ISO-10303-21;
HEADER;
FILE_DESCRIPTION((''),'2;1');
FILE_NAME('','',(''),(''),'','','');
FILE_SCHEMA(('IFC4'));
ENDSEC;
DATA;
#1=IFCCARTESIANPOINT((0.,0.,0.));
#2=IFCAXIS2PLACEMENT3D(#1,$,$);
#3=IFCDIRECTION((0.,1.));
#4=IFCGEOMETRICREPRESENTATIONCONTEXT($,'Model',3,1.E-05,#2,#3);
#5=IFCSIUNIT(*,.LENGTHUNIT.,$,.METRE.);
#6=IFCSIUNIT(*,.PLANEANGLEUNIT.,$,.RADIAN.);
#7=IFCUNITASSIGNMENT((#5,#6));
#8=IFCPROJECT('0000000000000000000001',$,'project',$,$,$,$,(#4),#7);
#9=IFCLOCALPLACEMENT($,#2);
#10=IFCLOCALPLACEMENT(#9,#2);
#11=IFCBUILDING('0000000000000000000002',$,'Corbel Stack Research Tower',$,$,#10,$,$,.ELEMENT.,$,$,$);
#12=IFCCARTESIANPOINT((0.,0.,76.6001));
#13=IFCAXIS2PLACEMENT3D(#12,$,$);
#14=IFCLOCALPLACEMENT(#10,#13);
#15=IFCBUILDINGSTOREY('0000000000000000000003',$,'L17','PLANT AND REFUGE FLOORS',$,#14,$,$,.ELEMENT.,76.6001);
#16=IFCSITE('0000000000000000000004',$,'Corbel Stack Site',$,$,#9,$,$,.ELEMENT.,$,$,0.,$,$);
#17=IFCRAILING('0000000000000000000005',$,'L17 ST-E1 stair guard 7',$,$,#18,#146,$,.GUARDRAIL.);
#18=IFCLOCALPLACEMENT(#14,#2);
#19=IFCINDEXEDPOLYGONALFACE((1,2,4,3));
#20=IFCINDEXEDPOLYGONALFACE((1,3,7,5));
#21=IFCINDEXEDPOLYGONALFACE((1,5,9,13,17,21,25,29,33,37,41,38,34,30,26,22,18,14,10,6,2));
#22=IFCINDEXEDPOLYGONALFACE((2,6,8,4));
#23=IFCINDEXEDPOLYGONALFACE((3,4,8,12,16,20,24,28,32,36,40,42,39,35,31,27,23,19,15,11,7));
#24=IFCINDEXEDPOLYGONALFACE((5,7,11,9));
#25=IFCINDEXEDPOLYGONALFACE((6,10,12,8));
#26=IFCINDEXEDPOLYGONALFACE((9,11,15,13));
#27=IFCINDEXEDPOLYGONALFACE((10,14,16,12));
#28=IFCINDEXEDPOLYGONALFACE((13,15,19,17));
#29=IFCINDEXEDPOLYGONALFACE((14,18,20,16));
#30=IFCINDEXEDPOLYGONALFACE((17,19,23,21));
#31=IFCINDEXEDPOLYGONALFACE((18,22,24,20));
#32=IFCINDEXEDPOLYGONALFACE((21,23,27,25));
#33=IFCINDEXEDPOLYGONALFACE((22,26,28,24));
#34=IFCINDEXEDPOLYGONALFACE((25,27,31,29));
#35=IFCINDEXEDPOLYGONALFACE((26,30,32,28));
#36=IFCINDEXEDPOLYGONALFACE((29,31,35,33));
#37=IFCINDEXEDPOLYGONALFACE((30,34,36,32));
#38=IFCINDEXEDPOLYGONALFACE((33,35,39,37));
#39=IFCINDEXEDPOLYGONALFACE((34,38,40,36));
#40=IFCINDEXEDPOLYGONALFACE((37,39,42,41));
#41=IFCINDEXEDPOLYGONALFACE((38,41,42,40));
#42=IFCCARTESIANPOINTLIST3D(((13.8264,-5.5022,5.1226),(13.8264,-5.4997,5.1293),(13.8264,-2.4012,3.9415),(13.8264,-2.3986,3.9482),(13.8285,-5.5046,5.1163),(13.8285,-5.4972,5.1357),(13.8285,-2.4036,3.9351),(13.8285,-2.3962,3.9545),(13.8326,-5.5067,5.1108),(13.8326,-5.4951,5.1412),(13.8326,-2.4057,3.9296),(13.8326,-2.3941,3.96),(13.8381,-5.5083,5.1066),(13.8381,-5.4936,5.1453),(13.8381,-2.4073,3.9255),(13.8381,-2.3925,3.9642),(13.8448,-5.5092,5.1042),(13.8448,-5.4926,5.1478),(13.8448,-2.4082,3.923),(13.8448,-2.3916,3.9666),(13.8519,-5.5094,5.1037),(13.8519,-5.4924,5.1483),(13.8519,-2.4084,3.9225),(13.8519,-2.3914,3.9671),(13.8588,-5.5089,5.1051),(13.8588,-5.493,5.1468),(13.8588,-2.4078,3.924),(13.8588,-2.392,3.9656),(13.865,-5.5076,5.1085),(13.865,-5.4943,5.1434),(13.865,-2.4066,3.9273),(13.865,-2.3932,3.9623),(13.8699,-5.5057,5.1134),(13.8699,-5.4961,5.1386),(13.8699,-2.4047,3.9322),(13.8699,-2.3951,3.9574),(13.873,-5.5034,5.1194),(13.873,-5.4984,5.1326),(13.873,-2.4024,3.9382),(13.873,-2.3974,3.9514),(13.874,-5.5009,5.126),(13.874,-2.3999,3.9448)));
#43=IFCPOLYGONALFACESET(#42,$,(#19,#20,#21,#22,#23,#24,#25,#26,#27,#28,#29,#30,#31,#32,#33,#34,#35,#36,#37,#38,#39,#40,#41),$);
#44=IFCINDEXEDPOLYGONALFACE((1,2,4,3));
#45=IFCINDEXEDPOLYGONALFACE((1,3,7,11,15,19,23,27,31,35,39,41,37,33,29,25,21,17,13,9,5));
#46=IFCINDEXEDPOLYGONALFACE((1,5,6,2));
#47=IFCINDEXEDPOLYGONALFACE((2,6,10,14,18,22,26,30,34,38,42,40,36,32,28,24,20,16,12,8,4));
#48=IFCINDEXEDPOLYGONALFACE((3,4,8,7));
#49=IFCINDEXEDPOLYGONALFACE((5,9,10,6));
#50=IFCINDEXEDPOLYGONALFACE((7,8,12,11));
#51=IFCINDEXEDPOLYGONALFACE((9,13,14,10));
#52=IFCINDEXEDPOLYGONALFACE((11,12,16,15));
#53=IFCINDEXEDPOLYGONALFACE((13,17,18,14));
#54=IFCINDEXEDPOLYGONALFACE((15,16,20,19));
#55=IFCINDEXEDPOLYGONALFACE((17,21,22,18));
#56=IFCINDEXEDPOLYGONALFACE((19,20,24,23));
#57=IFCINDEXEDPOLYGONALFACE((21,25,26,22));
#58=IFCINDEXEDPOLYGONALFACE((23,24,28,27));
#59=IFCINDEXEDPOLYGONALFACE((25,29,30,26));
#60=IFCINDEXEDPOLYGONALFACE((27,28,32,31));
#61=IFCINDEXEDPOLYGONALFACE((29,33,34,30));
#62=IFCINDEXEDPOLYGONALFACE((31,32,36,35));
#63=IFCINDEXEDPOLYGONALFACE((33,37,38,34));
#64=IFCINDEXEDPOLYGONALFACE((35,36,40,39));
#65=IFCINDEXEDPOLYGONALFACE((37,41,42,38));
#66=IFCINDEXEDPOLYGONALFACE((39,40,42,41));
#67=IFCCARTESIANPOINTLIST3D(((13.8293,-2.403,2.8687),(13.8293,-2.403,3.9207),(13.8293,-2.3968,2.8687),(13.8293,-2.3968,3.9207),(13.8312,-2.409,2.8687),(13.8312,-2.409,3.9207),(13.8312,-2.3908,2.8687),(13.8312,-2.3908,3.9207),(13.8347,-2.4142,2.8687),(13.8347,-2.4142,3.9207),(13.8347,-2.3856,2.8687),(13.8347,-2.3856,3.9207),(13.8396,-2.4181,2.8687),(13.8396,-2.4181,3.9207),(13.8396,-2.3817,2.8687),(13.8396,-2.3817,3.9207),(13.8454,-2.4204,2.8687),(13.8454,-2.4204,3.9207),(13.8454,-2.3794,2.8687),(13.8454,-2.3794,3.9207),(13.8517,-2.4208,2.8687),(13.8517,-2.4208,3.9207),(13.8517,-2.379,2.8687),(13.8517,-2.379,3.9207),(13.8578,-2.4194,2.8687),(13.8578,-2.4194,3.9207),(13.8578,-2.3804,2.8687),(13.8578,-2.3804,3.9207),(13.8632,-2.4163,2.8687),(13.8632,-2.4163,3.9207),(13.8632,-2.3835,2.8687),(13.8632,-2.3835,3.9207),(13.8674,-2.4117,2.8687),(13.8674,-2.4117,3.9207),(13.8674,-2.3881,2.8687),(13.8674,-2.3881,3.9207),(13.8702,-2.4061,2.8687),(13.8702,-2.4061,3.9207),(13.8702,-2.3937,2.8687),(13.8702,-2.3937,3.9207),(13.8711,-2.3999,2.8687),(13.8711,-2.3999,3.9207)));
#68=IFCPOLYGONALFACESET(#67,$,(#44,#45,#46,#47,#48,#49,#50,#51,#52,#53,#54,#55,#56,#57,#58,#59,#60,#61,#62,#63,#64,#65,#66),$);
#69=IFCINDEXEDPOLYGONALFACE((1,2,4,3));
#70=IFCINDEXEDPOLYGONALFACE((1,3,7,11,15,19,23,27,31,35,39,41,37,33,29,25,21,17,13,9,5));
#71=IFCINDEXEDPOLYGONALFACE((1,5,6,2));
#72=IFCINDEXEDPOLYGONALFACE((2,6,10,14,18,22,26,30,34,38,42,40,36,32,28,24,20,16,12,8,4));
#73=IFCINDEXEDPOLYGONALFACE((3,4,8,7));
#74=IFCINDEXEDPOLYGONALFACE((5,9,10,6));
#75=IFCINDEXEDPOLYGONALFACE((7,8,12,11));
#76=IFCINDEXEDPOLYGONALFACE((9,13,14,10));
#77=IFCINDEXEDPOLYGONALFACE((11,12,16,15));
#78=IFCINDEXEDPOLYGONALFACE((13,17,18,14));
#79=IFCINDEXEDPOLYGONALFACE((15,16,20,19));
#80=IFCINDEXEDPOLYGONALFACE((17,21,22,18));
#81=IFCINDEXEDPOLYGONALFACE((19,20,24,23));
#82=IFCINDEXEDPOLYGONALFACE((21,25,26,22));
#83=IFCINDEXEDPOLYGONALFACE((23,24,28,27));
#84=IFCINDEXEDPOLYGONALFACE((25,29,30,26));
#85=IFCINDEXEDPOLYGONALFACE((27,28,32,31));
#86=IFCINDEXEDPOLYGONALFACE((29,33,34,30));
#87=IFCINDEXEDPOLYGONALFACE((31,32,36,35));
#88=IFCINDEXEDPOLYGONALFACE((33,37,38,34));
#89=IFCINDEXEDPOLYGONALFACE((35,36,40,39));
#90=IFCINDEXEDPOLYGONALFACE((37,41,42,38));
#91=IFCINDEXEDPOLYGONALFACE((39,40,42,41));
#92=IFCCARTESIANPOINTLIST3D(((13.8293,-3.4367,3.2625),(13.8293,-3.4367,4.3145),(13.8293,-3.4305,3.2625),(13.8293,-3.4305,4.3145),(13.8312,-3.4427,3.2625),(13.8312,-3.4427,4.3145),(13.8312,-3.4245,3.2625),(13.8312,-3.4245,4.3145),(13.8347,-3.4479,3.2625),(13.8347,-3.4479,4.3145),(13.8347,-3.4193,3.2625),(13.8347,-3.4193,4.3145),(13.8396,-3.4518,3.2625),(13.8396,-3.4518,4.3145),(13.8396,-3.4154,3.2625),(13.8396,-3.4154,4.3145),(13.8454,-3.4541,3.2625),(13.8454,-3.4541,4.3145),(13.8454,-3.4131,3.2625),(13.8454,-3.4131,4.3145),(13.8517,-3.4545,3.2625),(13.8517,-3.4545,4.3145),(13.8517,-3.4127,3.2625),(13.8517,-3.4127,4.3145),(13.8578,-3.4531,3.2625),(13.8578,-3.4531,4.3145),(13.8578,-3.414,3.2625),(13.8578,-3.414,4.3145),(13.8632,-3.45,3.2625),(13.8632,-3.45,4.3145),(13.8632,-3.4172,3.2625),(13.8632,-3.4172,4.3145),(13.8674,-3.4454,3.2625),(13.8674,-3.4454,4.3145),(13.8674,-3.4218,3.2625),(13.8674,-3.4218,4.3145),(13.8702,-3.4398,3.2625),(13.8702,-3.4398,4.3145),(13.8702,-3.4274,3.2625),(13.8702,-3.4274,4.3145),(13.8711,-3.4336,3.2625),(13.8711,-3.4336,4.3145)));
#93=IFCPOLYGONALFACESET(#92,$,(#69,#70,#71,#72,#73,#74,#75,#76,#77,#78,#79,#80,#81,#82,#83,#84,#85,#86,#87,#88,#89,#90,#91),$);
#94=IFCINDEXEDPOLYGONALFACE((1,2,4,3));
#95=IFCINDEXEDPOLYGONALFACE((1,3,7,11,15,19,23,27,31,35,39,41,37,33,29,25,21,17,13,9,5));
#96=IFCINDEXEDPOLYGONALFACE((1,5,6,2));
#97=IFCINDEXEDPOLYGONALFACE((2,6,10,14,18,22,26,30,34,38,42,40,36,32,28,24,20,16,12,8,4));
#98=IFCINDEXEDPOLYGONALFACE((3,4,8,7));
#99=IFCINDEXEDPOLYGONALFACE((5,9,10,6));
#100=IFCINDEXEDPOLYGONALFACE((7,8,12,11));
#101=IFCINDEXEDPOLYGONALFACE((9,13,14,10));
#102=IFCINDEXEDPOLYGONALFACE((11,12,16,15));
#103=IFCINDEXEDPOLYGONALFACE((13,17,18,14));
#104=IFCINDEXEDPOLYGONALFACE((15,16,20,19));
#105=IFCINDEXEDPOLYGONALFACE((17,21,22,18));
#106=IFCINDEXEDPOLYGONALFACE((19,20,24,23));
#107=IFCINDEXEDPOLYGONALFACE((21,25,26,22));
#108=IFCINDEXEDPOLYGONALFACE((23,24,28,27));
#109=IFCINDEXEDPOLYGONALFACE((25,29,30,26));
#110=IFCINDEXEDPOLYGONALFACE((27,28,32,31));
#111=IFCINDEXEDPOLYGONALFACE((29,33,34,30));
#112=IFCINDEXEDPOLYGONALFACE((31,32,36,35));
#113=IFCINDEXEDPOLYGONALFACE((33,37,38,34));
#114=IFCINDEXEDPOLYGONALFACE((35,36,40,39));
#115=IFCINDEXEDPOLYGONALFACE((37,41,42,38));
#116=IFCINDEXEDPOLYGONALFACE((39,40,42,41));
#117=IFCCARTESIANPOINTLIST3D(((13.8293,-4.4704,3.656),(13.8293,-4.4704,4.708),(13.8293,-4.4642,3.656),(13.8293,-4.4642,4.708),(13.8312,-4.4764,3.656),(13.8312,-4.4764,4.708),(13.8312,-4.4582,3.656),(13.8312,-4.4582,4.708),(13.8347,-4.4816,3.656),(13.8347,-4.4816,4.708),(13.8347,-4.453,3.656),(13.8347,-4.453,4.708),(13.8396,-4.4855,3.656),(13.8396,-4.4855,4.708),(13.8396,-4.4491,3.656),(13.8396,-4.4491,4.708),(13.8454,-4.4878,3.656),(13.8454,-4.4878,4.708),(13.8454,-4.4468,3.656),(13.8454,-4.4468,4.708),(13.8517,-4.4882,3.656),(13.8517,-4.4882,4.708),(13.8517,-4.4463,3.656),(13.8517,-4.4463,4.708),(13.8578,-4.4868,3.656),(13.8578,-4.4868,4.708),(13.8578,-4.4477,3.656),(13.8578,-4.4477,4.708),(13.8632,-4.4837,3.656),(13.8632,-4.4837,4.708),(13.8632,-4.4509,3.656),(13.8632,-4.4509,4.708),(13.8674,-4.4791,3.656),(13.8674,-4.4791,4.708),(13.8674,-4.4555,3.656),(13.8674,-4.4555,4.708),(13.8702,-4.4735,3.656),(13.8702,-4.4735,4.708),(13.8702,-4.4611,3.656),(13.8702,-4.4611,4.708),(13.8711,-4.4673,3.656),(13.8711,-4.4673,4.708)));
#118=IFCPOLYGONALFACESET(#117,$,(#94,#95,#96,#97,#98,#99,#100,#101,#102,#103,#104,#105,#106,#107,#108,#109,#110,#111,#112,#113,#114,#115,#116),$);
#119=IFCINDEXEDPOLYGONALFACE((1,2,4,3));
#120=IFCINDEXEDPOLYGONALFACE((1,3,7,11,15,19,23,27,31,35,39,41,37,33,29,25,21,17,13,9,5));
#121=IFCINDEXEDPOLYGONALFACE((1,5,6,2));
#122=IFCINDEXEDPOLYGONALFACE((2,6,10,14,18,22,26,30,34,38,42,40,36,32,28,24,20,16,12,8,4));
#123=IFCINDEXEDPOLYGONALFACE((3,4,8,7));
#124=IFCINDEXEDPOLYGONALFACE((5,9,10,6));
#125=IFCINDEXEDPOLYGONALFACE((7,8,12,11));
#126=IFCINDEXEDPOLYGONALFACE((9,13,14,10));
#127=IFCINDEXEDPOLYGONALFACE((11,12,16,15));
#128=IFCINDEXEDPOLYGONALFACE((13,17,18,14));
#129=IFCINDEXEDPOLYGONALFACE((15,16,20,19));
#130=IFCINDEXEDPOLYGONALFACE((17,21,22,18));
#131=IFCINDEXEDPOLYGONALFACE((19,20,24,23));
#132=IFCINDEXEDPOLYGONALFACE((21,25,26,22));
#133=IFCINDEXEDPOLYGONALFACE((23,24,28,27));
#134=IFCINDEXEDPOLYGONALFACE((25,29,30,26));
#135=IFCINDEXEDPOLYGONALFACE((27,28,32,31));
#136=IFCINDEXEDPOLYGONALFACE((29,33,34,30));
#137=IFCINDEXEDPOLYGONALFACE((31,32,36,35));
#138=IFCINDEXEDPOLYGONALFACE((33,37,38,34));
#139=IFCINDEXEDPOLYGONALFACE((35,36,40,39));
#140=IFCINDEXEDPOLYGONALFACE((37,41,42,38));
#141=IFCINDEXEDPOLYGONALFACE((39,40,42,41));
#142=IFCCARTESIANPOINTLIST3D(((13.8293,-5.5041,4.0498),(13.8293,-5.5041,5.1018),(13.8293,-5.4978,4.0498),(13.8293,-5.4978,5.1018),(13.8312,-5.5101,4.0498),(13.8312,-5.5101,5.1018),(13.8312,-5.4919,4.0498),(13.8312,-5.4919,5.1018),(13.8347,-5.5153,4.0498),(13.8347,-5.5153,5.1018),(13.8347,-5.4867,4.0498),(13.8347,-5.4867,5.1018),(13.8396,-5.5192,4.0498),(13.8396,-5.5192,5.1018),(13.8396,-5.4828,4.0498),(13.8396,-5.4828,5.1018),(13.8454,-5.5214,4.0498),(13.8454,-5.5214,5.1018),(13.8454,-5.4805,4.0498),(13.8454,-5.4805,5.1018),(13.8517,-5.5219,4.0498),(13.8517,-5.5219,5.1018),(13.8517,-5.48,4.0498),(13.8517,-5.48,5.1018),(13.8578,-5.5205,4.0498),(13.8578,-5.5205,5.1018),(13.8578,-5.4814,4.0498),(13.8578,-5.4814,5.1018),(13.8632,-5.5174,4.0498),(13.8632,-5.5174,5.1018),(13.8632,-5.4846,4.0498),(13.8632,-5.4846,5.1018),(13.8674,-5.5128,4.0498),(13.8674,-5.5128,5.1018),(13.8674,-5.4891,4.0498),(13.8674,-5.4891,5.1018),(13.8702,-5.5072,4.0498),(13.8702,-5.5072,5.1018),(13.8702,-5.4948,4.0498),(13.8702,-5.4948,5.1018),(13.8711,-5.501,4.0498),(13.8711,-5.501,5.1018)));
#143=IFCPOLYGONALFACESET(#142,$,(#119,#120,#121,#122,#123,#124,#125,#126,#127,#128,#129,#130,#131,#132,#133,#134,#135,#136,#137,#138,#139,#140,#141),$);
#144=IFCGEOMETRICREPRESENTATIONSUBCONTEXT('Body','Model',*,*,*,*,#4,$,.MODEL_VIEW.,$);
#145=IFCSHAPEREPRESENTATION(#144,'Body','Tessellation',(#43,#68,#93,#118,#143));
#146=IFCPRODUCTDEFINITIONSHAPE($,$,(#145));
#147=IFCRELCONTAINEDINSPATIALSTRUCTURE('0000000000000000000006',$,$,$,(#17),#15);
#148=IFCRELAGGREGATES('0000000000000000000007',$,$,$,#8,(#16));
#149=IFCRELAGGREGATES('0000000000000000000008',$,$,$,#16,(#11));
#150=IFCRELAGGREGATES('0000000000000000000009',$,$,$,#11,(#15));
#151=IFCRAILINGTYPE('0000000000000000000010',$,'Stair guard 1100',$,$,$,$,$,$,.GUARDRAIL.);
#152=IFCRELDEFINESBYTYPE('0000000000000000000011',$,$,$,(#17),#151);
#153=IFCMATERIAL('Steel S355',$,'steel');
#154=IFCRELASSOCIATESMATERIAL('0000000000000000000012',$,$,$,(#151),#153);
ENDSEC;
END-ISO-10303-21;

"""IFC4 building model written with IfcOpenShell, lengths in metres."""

from ifc_helpers import new_model, si_unit, direction, frame, origin, origin_2d, place, context, subcontext, project, spatial, circle, extrude, material, type_object, element, save


model = new_model("IFC4")

# Units and contexts
model_context = context("Model", 3, precision=1e-05, world=origin(), true_north=direction((0.0, 1.0)))
body_context = subcontext(model_context, "Body", "Model", "MODEL_VIEW")
ifc_project = project(units=[si_unit("LENGTHUNIT", "METRE"), si_unit("PLANEANGLEUNIT", "RADIAN")], contexts=[model_context])

# Site, building, storey
site_placement = place(None, origin())
site = spatial("IfcSite", under=ifc_project, at=site_placement, Name="Corbel Stack Site", CompositionType="ELEMENT", RefElevation=0.0)
building_placement = place(site_placement, origin())
building = spatial("IfcBuilding", under=site, at=building_placement, Name="Corbel Stack Research Tower", CompositionType="ELEMENT")
storey_placement = place(building_placement, frame((0.0, 0.0, 76.6001)))
storey = spatial("IfcBuildingStorey", under=building, at=storey_placement, Name="L17", Description="PLANT AND REFUGE FLOORS", CompositionType="ELEMENT", Elevation=76.6001)

# Railing
ifc_material_1 = material(Name="Steel S355", Category="steel")
railing_type_1 = type_object("IfcRailingType", Name="Stair guard 1100", PredefinedType="GUARDRAIL", material=ifc_material_1)
railing_1_placement = place(storey_placement, frame((13.8501, -2.3999, 2.8687)))
element("IfcRailing", 1, at=railing_1_placement, inside=storey, type_object=railing_type_1, Name="L17 ST-E1 stair guard 7", PredefinedType="GUARDRAIL", context=body_context, shape_type="SweptSolid", body=[
    extrude(circle(Radius=0.0239, at=origin_2d()), frame((0.0, 0.0, 1.0762), z_axis=(0.0, -0.934509, 0.35594), x_axis=(1.0, 0.0, 0.0)), (0.0, 0.0, 1.0), 3.3184),
    extrude(circle(Radius=0.021, at=origin_2d()), origin(), (0.0, 0.0, 1.0), 1.052),
    extrude(circle(Radius=0.021, at=origin_2d()), frame((0.0, -1.0337, 0.3938)), (0.0, 0.0, 1.0), 1.052),
    extrude(circle(Radius=0.021, at=origin_2d()), frame((0.0, -2.0674, 0.7874)), (0.0, 0.0, 1.0), 1.052),
    extrude(circle(Radius=0.021, at=origin_2d()), frame((0.0, -3.1011, 1.1812)), (0.0, 0.0, 1.0), 1.052),
])

save(model, "model.ifc")
